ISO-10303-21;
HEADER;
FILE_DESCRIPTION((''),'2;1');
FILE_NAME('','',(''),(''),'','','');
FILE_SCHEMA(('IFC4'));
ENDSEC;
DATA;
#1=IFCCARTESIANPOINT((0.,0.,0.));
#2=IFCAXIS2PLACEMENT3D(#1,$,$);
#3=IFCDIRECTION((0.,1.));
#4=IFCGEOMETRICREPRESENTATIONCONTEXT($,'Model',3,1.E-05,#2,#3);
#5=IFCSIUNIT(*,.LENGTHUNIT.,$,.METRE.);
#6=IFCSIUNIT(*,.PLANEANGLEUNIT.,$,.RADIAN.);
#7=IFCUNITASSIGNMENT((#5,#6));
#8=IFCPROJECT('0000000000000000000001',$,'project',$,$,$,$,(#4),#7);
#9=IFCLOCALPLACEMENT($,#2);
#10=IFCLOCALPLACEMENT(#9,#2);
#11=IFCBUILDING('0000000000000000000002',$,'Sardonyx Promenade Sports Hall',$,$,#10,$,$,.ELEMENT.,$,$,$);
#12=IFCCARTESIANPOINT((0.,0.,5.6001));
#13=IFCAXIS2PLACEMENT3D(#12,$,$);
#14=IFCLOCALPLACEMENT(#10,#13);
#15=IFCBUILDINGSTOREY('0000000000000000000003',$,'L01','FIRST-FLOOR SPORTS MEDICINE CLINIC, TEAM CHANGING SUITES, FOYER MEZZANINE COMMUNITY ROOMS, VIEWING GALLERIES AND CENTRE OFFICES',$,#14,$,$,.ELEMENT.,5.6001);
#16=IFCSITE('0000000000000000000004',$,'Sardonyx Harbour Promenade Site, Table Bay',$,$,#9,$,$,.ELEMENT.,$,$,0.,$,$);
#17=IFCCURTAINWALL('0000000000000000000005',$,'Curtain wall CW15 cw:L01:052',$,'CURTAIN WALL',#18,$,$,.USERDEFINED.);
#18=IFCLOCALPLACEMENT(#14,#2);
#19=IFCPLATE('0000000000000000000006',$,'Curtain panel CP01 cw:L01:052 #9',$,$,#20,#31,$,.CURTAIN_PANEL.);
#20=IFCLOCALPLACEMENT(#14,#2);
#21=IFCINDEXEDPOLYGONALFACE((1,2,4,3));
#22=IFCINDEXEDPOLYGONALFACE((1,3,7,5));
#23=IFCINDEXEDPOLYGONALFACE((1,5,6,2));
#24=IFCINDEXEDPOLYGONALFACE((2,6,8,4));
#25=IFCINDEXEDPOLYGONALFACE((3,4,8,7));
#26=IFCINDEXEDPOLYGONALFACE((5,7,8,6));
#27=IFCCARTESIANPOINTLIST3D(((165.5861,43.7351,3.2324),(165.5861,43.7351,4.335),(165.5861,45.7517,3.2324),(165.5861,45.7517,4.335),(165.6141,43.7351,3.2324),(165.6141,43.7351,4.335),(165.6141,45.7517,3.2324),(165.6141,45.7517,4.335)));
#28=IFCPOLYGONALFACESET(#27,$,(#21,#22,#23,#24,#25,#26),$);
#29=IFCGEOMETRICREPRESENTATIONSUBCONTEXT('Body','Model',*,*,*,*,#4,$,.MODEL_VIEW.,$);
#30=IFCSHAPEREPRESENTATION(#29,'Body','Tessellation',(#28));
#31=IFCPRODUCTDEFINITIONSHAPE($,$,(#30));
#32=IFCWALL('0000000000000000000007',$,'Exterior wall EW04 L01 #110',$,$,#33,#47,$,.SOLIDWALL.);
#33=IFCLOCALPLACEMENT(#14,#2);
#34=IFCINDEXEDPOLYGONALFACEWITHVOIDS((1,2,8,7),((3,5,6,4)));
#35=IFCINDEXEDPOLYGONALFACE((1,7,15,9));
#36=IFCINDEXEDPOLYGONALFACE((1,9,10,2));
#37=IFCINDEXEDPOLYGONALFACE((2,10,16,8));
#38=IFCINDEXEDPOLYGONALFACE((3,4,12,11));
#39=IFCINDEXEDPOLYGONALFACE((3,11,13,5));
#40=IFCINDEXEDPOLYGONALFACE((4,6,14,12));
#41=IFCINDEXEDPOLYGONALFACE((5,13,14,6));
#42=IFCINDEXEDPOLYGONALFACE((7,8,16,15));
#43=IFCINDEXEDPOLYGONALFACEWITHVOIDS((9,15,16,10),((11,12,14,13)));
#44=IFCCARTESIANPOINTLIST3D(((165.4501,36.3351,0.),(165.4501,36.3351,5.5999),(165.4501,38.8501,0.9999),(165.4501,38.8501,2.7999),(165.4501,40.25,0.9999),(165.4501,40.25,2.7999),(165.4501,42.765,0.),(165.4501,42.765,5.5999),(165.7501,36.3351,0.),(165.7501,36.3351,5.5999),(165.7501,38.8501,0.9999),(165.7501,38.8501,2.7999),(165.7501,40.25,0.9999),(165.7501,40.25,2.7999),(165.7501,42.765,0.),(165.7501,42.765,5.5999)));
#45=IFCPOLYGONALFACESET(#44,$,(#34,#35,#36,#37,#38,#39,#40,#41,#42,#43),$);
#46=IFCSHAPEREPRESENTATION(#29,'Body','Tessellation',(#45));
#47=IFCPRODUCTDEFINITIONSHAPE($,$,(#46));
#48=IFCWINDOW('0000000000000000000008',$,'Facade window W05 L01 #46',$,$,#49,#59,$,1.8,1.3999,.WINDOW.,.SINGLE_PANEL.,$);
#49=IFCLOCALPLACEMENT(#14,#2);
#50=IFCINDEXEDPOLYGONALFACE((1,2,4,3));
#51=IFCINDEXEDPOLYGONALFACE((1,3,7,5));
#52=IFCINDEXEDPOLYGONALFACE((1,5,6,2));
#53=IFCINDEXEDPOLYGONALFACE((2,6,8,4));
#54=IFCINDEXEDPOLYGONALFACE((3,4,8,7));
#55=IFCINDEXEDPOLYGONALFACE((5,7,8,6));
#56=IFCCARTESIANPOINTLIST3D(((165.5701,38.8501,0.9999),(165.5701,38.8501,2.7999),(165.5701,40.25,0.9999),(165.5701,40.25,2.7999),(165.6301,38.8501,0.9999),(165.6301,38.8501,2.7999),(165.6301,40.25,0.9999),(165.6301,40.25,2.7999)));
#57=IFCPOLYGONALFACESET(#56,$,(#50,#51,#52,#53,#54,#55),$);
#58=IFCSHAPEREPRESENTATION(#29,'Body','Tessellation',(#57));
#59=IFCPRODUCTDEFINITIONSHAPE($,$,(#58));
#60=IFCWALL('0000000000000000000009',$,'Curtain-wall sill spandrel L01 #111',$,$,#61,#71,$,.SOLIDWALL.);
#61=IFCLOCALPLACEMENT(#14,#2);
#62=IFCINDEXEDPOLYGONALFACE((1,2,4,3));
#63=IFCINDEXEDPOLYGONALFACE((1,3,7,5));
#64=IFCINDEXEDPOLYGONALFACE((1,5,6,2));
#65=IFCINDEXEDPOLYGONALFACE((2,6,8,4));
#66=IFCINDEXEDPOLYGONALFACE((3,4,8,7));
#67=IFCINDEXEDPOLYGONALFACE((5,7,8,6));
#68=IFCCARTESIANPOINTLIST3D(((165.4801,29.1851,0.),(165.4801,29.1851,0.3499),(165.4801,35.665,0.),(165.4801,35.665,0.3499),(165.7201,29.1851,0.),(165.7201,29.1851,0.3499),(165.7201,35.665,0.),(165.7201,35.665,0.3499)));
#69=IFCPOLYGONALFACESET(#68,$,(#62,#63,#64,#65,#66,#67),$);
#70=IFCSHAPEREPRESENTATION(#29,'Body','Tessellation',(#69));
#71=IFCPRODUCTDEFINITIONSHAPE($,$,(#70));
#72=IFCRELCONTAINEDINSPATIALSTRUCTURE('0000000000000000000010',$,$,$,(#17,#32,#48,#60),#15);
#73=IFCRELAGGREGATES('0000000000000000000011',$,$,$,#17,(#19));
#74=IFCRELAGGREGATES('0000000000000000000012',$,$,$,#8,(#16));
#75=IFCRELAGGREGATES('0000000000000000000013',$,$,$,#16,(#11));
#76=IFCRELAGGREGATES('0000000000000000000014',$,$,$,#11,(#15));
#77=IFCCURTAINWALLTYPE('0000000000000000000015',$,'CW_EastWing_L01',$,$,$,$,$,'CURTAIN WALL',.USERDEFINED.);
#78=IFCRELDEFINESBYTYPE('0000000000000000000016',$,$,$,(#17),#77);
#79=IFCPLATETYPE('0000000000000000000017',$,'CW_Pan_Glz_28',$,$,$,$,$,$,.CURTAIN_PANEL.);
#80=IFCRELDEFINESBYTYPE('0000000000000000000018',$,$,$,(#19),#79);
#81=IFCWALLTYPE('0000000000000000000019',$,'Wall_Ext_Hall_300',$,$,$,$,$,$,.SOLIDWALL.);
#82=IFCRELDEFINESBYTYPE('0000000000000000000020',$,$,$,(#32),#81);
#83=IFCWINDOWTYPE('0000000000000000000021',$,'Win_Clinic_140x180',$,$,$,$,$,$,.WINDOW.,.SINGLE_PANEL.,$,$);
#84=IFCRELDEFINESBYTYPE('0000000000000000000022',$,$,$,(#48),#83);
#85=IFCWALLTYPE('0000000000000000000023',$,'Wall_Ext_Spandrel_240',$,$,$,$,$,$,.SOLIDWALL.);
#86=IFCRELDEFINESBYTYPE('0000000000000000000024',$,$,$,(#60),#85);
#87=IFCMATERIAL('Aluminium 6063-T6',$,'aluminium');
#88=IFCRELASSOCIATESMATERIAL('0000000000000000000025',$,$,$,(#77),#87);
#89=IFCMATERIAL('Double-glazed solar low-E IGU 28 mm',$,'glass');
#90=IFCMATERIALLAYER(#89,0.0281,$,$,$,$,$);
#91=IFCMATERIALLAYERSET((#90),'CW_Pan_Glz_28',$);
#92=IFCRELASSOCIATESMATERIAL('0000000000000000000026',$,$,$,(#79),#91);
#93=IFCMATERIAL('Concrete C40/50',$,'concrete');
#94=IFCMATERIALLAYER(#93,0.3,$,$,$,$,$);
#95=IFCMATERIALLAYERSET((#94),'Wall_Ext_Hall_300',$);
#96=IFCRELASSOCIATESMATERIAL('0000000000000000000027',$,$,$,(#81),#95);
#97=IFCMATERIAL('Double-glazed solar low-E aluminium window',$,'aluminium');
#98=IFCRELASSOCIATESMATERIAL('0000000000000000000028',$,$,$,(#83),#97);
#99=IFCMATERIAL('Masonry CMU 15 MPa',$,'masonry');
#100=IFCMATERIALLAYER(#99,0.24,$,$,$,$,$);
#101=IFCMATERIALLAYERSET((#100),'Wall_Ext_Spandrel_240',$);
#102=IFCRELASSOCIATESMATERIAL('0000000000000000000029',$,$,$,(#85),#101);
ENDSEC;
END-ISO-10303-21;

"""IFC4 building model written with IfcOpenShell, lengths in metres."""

from ifc_helpers import new_model, si_unit, direction, frame, frame_2d, origin, origin_2d, place, context, subcontext, project, spatial, rectangle, extrude, material, layer, layer_set, type_object, element, fill, aggregate, save


model = new_model("IFC4")

# Units and contexts
model_context = context("Model", 3, precision=1e-05, world=origin(), true_north=direction((0.0, 1.0)))
body_context = subcontext(model_context, "Body", "Model", "MODEL_VIEW")
ifc_project = project(units=[si_unit("LENGTHUNIT", "METRE"), si_unit("PLANEANGLEUNIT", "RADIAN")], contexts=[model_context])

# Site, building, storey
site_placement = place(None, origin())
site = spatial("IfcSite", under=ifc_project, at=site_placement, Name="Sardonyx Harbour Promenade Site, Table Bay", CompositionType="ELEMENT", RefElevation=0.0)
building_placement = place(site_placement, origin())
building = spatial("IfcBuilding", under=site, at=building_placement, Name="Sardonyx Promenade Sports Hall", CompositionType="ELEMENT")
storey_placement = place(building_placement, frame((0.0, 0.0, 5.6001)))
storey = spatial("IfcBuildingStorey", under=building, at=storey_placement, Name="L01", Description="FIRST-FLOOR SPORTS MEDICINE CLINIC, TEAM CHANGING SUITES, FOYER MEZZANINE COMMUNITY ROOMS, VIEWING GALLERIES AND CENTRE OFFICES", CompositionType="ELEMENT", Elevation=5.6001)

# Curtain wall
ifc_material_1 = material(Name="Aluminium 6063-T6", Category="aluminium")
curtain_wall_type = type_object("IfcCurtainWallType", Name="CW_EastWing_L01", ElementType="CURTAIN WALL", PredefinedType="USERDEFINED", material=ifc_material_1)
curtain_wall_1_placement = place(storey_placement, origin())
curtain_wall_1 = element("IfcCurtainWall", 1, at=curtain_wall_1_placement, inside=storey, type_object=curtain_wall_type, Name="Curtain wall CW15 cw:L01:052", ObjectType="CURTAIN WALL", PredefinedType="USERDEFINED")

# Plate
ifc_material_2 = material(Name="Double-glazed solar low-E IGU 28 mm", Category="glass")
ifc_layer_1 = layer(ifc_material_2, 0.0281)
ifc_layer_set_1 = layer_set([ifc_layer_1], Name="CW_Pan_Glz_28")
plate_type = type_object("IfcPlateType", Name="CW_Pan_Glz_28", PredefinedType="CURTAIN_PANEL", material=ifc_layer_set_1)
plate_1_placement = place(storey_placement, frame((165.6001, 44.7434, 3.2324), z_axis=(0.0, 0.0, 1.0), x_axis=(0.0, -1.0, 0.0)))
plate_1 = element("IfcPlate", 2, at=plate_1_placement, type_object=plate_type, Name="Curtain panel CP01 cw:L01:052 #9", PredefinedType="CURTAIN_PANEL", context=body_context, shape_type="SweptSolid", body=[
    extrude(rectangle(XDim=2.0166, YDim=0.0281, at=origin_2d()), origin(), (0.0, 0.0, 1.0), 1.1025),
])
aggregate(curtain_wall_1, [plate_1])

# Wall, opening, window
ifc_material_3 = material(Name="Concrete C40/50", Category="concrete")
ifc_layer_2 = layer(ifc_material_3, 0.3)
ifc_layer_set_2 = layer_set([ifc_layer_2], Name="Wall_Ext_Hall_300")
wall_type_1 = type_object("IfcWallType", Name="Wall_Ext_Hall_300", PredefinedType="SOLIDWALL", material=ifc_layer_set_2)
wall_1_placement = place(storey_placement, frame((165.6001, 42.7649, 0.0), z_axis=(0.0, 0.0, 1.0), x_axis=(0.0, -1.0, 0.0)))
wall_1 = element("IfcWall", 3, at=wall_1_placement, inside=storey, type_object=wall_type_1, Name="Exterior wall EW04 L01 #110", PredefinedType="SOLIDWALL", context=body_context, shape_type="SweptSolid", body=[
    extrude(rectangle(XDim=6.4299, YDim=0.3, at=frame_2d((3.2148, 0.0))), origin(), (0.0, 0.0, 1.0), 5.5999),
])
opening_placement = place(wall_1_placement, frame((2.5149, 0.0, 1.0)))
opening = element("IfcOpeningElement", 4, at=opening_placement, cuts=wall_1, PredefinedType="OPENING", context=body_context, shape_type="SweptSolid", body=[
    extrude(rectangle(XDim=1.3999, YDim=1.8, at=frame_2d((0.7, 0.8999))), frame((0.0, 0.16, 0.0), z_axis=(0.0, -1.0, 0.0), x_axis=(1.0, 0.0, 0.0)), (0.0, 0.0, 1.0), 0.32),
])
ifc_material_4 = material(Name="Double-glazed solar low-E aluminium window", Category="aluminium")
window_type = type_object("IfcWindowType", Name="Win_Clinic_140x180", PartitioningType="SINGLE_PANEL", PredefinedType="WINDOW", material=ifc_material_4)
window_placement = place(opening_placement, origin())
window = element("IfcWindow", 5, at=window_placement, inside=storey, type_object=window_type, Name="Facade window W05 L01 #46", OverallHeight=1.8, OverallWidth=1.3999, PartitioningType="SINGLE_PANEL", PredefinedType="WINDOW", context=body_context, shape_type="SweptSolid", body=[
    extrude(rectangle(XDim=1.3999, YDim=1.8, at=frame_2d((0.7, 0.8999))), frame((0.0, 0.03, 0.0), z_axis=(0.0, -1.0, 0.0), x_axis=(1.0, 0.0, 0.0)), (0.0, 0.0, 1.0), 0.0601),
])
fill(opening, window)

# Wall
ifc_material_5 = material(Name="Masonry CMU 15 MPa", Category="masonry")
ifc_layer_3 = layer(ifc_material_5, 0.24)
ifc_layer_set_3 = layer_set([ifc_layer_3], Name="Wall_Ext_Spandrel_240")
wall_type_2 = type_object("IfcWallType", Name="Wall_Ext_Spandrel_240", PredefinedType="SOLIDWALL", material=ifc_layer_set_3)
wall_2_placement = place(storey_placement, frame((165.6001, 35.665, 0.0), z_axis=(0.0, 0.0, 1.0), x_axis=(0.0, -1.0, 0.0)))
element("IfcWall", 6, at=wall_2_placement, inside=storey, type_object=wall_type_2, Name="Curtain-wall sill spandrel L01 #111", PredefinedType="SOLIDWALL", context=body_context, shape_type="SweptSolid", body=[
    extrude(rectangle(XDim=6.48, YDim=0.24, at=frame_2d((3.24, 0.0))), origin(), (0.0, 0.0, 1.0), 0.3499),
])

save(model, "model.ifc")
